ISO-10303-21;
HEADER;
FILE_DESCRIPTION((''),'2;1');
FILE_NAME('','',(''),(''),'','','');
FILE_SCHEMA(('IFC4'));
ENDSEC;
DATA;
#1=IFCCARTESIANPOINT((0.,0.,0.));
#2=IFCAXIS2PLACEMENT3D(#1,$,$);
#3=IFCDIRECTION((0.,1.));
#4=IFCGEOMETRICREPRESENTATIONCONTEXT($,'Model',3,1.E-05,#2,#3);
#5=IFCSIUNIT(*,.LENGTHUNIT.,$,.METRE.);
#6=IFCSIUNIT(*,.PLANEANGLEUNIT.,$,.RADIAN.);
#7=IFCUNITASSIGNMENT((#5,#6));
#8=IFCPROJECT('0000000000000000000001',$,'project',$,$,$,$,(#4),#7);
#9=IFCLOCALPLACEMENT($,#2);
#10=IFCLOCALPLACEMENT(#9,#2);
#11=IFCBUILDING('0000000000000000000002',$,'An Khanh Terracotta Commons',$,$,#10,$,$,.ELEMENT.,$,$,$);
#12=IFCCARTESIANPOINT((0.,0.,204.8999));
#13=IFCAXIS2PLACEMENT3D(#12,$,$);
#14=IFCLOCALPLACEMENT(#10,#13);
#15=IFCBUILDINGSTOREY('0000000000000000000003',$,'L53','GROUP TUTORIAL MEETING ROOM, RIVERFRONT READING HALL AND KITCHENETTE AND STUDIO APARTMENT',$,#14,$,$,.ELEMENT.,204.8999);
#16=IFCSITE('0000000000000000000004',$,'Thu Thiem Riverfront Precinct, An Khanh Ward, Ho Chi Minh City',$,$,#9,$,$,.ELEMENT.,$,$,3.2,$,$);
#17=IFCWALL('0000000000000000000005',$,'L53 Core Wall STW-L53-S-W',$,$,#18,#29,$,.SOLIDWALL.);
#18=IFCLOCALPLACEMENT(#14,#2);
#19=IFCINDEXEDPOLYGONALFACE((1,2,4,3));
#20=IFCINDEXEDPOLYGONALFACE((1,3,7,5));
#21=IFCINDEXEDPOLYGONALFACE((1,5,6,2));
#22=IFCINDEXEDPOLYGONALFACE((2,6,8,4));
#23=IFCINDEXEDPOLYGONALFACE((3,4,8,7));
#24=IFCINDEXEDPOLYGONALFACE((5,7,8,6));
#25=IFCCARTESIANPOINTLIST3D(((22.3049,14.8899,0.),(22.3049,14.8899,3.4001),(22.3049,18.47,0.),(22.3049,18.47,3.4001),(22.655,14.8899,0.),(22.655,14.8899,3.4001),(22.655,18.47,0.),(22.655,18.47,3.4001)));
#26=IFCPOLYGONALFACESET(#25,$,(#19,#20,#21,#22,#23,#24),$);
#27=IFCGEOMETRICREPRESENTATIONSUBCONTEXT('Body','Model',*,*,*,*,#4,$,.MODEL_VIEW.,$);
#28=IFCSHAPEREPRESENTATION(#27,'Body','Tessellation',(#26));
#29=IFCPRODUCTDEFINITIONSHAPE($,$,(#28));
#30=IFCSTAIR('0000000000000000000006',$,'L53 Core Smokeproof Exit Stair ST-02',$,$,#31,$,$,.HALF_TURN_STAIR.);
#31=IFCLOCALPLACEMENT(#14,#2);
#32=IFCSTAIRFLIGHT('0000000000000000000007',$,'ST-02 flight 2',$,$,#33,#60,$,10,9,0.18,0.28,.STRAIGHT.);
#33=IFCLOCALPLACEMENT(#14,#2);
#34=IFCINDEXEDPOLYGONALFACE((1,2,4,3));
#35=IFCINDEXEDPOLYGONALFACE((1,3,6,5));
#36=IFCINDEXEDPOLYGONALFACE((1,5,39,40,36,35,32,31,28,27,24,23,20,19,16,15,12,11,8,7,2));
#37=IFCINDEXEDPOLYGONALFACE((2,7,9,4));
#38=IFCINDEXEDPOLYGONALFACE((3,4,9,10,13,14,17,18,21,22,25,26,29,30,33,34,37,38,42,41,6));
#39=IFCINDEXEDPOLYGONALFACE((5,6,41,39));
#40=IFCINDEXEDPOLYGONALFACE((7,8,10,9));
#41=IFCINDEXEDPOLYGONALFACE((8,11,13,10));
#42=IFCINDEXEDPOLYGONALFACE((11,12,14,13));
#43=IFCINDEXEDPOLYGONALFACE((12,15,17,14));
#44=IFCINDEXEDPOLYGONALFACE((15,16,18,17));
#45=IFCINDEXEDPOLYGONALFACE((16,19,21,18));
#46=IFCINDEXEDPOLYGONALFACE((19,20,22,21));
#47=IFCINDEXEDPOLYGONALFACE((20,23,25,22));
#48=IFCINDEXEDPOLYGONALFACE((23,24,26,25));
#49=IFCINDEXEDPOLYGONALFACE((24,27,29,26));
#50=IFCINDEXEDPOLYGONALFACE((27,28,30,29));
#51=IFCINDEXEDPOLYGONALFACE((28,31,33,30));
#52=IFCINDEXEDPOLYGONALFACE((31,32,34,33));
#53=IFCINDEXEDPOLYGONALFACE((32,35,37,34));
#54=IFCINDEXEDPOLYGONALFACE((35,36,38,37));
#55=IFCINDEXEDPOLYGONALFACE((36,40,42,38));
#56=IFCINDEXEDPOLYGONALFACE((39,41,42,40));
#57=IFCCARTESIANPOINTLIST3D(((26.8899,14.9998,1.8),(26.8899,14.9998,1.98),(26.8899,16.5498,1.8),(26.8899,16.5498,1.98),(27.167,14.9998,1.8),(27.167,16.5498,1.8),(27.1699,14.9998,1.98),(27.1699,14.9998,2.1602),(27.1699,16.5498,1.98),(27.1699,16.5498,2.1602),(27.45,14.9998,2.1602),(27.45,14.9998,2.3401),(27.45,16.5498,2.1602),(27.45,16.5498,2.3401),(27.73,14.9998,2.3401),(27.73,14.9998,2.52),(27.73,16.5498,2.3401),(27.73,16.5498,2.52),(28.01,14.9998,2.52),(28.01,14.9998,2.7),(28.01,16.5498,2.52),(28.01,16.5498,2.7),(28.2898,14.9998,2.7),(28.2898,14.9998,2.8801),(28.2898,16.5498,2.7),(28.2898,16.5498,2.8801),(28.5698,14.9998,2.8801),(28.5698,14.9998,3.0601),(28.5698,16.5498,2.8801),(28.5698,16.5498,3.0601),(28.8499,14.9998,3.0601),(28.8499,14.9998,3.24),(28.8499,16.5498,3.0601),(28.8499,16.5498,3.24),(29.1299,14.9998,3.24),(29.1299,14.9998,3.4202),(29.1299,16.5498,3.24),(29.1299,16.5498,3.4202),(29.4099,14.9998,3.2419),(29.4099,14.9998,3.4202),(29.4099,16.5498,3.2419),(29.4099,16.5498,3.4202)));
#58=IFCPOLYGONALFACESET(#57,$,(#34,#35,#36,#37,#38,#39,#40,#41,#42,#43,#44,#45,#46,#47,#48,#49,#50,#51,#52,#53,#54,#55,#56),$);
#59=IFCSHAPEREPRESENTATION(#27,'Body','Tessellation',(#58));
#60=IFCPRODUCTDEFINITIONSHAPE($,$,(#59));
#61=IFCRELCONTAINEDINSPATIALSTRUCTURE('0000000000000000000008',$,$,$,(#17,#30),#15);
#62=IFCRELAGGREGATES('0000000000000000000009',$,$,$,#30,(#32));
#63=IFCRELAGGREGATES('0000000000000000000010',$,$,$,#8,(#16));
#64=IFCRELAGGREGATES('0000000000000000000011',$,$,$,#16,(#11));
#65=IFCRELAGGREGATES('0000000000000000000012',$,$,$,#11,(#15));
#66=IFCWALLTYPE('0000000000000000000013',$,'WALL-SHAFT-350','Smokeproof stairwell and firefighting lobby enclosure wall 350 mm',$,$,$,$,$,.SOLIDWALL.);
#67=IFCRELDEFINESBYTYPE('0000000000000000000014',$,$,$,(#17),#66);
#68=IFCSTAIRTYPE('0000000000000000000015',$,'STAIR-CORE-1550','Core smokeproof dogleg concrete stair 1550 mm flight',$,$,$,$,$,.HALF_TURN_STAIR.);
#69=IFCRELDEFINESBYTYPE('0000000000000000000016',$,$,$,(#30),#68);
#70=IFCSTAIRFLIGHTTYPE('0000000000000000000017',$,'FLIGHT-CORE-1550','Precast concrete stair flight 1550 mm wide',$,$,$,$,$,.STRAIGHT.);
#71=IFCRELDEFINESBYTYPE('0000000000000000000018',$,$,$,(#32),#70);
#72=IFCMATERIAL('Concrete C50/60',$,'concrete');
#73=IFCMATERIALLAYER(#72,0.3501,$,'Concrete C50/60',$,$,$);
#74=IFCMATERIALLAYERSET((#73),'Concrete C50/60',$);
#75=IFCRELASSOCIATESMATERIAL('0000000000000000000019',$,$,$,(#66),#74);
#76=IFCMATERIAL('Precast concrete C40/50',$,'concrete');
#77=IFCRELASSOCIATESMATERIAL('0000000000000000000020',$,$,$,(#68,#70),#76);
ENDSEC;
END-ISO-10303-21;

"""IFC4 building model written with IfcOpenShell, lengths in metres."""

from ifc_helpers import new_model, si_unit, direction, frame, frame_2d, origin, place, context, subcontext, project, spatial, polyline, rectangle, outline, extrude, material, layer, layer_set, type_object, element, aggregate, save


model = new_model("IFC4")

# Units and contexts
model_context = context("Model", 3, precision=1e-05, world=origin(), true_north=direction((0.0, 1.0)))
body_context = subcontext(model_context, "Body", "Model", "MODEL_VIEW")
ifc_project = project(units=[si_unit("LENGTHUNIT", "METRE"), si_unit("PLANEANGLEUNIT", "RADIAN")], contexts=[model_context])

# Site, building, storey
site_placement = place(None, origin())
site = spatial("IfcSite", under=ifc_project, at=site_placement, Name="Thu Thiem Riverfront Precinct, An Khanh Ward, Ho Chi Minh City", CompositionType="ELEMENT", RefElevation=3.2)
building_placement = place(site_placement, origin())
building = spatial("IfcBuilding", under=site, at=building_placement, Name="An Khanh Terracotta Commons", CompositionType="ELEMENT")
storey_placement = place(building_placement, frame((0.0, 0.0, 204.8999)))
storey = spatial("IfcBuildingStorey", under=building, at=storey_placement, Name="L53", Description="GROUP TUTORIAL MEETING ROOM, RIVERFRONT READING HALL AND KITCHENETTE AND STUDIO APARTMENT", CompositionType="ELEMENT", Elevation=204.8999)

# Shared definitions
ifc_material_1 = material(Name="Concrete C50/60", Category="concrete")

# Shared definitions
ifc_material_2 = material(Name="Precast concrete C40/50", Category="concrete")

# Wall
ifc_layer_1 = layer(ifc_material_1, 0.3501, Name="Concrete C50/60")
ifc_layer_set_1 = layer_set([ifc_layer_1], Name="Concrete C50/60")
wall_type_1 = type_object("IfcWallType", Name="WALL-SHAFT-350", Description="Smokeproof stairwell and firefighting lobby enclosure wall 350 mm", PredefinedType="SOLIDWALL", material=ifc_layer_set_1)
wall_1_placement = place(storey_placement, frame((22.48, 14.8899, 0.0), z_axis=(0.0, 0.0, 1.0), x_axis=(0.0, 1.0, 0.0)))
element("IfcWall", 1, at=wall_1_placement, inside=storey, type_object=wall_type_1, Name="L53 Core Wall STW-L53-S-W", PredefinedType="SOLIDWALL", context=body_context, shape_type="SweptSolid", body=[
    extrude(rectangle(XDim=3.5801, YDim=0.3501, at=frame_2d((1.79, 0.0))), origin(), (0.0, 0.0, 1.0), 3.4001),
])

# Stair, stair flight
stair_type = type_object("IfcStairType", Name="STAIR-CORE-1550", Description="Core smokeproof dogleg concrete stair 1550 mm flight", PredefinedType="HALF_TURN_STAIR", material=ifc_material_2)
stair_placement = place(storey_placement, origin())
stair = element("IfcStair", 2, at=stair_placement, inside=storey, type_object=stair_type, Name="L53 Core Smokeproof Exit Stair ST-02", PredefinedType="HALF_TURN_STAIR")
stair_flight_type = type_object("IfcStairFlightType", Name="FLIGHT-CORE-1550", Description="Precast concrete stair flight 1550 mm wide", PredefinedType="STRAIGHT", material=ifc_material_2)
stair_flight_placement = place(storey_placement, frame((26.8899, 15.7749, 1.8), z_axis=(0.0, 0.0, 1.0), x_axis=(1.0, 0.0, 0.0)))
stair_flight = element("IfcStairFlight", 3, at=stair_flight_placement, type_object=stair_flight_type, Name="ST-02 flight 2", NumberOfRisers=10, NumberOfTreads=9, PredefinedType="STRAIGHT", RiserHeight=0.18, TreadLength=0.28, context=body_context, shape_type="SweptSolid", body=[
    extrude(outline(polyline([(0.0, 0.0), (0.0, 0.1799), (0.28, 0.1799), (0.28, 0.3601), (0.5601, 0.3601), (0.5601, 0.54), (0.8401, 0.54), (0.8401, 0.72), (1.1201, 0.72), (1.1201, 0.8999), (1.3999, 0.8999), (1.3999, 1.0801), (1.6799, 1.0801), (1.6799, 1.26), (1.96, 1.26), (1.96, 1.4399), (2.24, 1.4399), (2.24, 1.6201), (2.52, 1.6201), (2.52, 1.8), (2.52, 1.4419), (0.2771, 0.0), (0.0, 0.0)])), frame((0.0, 0.7749, 0.0), z_axis=(0.0, -1.0, 0.0), x_axis=(1.0, 0.0, 0.0)), (0.0, 0.0, 1.0), 1.55),
])
aggregate(stair, [stair_flight])

save(model, "model.ifc")
